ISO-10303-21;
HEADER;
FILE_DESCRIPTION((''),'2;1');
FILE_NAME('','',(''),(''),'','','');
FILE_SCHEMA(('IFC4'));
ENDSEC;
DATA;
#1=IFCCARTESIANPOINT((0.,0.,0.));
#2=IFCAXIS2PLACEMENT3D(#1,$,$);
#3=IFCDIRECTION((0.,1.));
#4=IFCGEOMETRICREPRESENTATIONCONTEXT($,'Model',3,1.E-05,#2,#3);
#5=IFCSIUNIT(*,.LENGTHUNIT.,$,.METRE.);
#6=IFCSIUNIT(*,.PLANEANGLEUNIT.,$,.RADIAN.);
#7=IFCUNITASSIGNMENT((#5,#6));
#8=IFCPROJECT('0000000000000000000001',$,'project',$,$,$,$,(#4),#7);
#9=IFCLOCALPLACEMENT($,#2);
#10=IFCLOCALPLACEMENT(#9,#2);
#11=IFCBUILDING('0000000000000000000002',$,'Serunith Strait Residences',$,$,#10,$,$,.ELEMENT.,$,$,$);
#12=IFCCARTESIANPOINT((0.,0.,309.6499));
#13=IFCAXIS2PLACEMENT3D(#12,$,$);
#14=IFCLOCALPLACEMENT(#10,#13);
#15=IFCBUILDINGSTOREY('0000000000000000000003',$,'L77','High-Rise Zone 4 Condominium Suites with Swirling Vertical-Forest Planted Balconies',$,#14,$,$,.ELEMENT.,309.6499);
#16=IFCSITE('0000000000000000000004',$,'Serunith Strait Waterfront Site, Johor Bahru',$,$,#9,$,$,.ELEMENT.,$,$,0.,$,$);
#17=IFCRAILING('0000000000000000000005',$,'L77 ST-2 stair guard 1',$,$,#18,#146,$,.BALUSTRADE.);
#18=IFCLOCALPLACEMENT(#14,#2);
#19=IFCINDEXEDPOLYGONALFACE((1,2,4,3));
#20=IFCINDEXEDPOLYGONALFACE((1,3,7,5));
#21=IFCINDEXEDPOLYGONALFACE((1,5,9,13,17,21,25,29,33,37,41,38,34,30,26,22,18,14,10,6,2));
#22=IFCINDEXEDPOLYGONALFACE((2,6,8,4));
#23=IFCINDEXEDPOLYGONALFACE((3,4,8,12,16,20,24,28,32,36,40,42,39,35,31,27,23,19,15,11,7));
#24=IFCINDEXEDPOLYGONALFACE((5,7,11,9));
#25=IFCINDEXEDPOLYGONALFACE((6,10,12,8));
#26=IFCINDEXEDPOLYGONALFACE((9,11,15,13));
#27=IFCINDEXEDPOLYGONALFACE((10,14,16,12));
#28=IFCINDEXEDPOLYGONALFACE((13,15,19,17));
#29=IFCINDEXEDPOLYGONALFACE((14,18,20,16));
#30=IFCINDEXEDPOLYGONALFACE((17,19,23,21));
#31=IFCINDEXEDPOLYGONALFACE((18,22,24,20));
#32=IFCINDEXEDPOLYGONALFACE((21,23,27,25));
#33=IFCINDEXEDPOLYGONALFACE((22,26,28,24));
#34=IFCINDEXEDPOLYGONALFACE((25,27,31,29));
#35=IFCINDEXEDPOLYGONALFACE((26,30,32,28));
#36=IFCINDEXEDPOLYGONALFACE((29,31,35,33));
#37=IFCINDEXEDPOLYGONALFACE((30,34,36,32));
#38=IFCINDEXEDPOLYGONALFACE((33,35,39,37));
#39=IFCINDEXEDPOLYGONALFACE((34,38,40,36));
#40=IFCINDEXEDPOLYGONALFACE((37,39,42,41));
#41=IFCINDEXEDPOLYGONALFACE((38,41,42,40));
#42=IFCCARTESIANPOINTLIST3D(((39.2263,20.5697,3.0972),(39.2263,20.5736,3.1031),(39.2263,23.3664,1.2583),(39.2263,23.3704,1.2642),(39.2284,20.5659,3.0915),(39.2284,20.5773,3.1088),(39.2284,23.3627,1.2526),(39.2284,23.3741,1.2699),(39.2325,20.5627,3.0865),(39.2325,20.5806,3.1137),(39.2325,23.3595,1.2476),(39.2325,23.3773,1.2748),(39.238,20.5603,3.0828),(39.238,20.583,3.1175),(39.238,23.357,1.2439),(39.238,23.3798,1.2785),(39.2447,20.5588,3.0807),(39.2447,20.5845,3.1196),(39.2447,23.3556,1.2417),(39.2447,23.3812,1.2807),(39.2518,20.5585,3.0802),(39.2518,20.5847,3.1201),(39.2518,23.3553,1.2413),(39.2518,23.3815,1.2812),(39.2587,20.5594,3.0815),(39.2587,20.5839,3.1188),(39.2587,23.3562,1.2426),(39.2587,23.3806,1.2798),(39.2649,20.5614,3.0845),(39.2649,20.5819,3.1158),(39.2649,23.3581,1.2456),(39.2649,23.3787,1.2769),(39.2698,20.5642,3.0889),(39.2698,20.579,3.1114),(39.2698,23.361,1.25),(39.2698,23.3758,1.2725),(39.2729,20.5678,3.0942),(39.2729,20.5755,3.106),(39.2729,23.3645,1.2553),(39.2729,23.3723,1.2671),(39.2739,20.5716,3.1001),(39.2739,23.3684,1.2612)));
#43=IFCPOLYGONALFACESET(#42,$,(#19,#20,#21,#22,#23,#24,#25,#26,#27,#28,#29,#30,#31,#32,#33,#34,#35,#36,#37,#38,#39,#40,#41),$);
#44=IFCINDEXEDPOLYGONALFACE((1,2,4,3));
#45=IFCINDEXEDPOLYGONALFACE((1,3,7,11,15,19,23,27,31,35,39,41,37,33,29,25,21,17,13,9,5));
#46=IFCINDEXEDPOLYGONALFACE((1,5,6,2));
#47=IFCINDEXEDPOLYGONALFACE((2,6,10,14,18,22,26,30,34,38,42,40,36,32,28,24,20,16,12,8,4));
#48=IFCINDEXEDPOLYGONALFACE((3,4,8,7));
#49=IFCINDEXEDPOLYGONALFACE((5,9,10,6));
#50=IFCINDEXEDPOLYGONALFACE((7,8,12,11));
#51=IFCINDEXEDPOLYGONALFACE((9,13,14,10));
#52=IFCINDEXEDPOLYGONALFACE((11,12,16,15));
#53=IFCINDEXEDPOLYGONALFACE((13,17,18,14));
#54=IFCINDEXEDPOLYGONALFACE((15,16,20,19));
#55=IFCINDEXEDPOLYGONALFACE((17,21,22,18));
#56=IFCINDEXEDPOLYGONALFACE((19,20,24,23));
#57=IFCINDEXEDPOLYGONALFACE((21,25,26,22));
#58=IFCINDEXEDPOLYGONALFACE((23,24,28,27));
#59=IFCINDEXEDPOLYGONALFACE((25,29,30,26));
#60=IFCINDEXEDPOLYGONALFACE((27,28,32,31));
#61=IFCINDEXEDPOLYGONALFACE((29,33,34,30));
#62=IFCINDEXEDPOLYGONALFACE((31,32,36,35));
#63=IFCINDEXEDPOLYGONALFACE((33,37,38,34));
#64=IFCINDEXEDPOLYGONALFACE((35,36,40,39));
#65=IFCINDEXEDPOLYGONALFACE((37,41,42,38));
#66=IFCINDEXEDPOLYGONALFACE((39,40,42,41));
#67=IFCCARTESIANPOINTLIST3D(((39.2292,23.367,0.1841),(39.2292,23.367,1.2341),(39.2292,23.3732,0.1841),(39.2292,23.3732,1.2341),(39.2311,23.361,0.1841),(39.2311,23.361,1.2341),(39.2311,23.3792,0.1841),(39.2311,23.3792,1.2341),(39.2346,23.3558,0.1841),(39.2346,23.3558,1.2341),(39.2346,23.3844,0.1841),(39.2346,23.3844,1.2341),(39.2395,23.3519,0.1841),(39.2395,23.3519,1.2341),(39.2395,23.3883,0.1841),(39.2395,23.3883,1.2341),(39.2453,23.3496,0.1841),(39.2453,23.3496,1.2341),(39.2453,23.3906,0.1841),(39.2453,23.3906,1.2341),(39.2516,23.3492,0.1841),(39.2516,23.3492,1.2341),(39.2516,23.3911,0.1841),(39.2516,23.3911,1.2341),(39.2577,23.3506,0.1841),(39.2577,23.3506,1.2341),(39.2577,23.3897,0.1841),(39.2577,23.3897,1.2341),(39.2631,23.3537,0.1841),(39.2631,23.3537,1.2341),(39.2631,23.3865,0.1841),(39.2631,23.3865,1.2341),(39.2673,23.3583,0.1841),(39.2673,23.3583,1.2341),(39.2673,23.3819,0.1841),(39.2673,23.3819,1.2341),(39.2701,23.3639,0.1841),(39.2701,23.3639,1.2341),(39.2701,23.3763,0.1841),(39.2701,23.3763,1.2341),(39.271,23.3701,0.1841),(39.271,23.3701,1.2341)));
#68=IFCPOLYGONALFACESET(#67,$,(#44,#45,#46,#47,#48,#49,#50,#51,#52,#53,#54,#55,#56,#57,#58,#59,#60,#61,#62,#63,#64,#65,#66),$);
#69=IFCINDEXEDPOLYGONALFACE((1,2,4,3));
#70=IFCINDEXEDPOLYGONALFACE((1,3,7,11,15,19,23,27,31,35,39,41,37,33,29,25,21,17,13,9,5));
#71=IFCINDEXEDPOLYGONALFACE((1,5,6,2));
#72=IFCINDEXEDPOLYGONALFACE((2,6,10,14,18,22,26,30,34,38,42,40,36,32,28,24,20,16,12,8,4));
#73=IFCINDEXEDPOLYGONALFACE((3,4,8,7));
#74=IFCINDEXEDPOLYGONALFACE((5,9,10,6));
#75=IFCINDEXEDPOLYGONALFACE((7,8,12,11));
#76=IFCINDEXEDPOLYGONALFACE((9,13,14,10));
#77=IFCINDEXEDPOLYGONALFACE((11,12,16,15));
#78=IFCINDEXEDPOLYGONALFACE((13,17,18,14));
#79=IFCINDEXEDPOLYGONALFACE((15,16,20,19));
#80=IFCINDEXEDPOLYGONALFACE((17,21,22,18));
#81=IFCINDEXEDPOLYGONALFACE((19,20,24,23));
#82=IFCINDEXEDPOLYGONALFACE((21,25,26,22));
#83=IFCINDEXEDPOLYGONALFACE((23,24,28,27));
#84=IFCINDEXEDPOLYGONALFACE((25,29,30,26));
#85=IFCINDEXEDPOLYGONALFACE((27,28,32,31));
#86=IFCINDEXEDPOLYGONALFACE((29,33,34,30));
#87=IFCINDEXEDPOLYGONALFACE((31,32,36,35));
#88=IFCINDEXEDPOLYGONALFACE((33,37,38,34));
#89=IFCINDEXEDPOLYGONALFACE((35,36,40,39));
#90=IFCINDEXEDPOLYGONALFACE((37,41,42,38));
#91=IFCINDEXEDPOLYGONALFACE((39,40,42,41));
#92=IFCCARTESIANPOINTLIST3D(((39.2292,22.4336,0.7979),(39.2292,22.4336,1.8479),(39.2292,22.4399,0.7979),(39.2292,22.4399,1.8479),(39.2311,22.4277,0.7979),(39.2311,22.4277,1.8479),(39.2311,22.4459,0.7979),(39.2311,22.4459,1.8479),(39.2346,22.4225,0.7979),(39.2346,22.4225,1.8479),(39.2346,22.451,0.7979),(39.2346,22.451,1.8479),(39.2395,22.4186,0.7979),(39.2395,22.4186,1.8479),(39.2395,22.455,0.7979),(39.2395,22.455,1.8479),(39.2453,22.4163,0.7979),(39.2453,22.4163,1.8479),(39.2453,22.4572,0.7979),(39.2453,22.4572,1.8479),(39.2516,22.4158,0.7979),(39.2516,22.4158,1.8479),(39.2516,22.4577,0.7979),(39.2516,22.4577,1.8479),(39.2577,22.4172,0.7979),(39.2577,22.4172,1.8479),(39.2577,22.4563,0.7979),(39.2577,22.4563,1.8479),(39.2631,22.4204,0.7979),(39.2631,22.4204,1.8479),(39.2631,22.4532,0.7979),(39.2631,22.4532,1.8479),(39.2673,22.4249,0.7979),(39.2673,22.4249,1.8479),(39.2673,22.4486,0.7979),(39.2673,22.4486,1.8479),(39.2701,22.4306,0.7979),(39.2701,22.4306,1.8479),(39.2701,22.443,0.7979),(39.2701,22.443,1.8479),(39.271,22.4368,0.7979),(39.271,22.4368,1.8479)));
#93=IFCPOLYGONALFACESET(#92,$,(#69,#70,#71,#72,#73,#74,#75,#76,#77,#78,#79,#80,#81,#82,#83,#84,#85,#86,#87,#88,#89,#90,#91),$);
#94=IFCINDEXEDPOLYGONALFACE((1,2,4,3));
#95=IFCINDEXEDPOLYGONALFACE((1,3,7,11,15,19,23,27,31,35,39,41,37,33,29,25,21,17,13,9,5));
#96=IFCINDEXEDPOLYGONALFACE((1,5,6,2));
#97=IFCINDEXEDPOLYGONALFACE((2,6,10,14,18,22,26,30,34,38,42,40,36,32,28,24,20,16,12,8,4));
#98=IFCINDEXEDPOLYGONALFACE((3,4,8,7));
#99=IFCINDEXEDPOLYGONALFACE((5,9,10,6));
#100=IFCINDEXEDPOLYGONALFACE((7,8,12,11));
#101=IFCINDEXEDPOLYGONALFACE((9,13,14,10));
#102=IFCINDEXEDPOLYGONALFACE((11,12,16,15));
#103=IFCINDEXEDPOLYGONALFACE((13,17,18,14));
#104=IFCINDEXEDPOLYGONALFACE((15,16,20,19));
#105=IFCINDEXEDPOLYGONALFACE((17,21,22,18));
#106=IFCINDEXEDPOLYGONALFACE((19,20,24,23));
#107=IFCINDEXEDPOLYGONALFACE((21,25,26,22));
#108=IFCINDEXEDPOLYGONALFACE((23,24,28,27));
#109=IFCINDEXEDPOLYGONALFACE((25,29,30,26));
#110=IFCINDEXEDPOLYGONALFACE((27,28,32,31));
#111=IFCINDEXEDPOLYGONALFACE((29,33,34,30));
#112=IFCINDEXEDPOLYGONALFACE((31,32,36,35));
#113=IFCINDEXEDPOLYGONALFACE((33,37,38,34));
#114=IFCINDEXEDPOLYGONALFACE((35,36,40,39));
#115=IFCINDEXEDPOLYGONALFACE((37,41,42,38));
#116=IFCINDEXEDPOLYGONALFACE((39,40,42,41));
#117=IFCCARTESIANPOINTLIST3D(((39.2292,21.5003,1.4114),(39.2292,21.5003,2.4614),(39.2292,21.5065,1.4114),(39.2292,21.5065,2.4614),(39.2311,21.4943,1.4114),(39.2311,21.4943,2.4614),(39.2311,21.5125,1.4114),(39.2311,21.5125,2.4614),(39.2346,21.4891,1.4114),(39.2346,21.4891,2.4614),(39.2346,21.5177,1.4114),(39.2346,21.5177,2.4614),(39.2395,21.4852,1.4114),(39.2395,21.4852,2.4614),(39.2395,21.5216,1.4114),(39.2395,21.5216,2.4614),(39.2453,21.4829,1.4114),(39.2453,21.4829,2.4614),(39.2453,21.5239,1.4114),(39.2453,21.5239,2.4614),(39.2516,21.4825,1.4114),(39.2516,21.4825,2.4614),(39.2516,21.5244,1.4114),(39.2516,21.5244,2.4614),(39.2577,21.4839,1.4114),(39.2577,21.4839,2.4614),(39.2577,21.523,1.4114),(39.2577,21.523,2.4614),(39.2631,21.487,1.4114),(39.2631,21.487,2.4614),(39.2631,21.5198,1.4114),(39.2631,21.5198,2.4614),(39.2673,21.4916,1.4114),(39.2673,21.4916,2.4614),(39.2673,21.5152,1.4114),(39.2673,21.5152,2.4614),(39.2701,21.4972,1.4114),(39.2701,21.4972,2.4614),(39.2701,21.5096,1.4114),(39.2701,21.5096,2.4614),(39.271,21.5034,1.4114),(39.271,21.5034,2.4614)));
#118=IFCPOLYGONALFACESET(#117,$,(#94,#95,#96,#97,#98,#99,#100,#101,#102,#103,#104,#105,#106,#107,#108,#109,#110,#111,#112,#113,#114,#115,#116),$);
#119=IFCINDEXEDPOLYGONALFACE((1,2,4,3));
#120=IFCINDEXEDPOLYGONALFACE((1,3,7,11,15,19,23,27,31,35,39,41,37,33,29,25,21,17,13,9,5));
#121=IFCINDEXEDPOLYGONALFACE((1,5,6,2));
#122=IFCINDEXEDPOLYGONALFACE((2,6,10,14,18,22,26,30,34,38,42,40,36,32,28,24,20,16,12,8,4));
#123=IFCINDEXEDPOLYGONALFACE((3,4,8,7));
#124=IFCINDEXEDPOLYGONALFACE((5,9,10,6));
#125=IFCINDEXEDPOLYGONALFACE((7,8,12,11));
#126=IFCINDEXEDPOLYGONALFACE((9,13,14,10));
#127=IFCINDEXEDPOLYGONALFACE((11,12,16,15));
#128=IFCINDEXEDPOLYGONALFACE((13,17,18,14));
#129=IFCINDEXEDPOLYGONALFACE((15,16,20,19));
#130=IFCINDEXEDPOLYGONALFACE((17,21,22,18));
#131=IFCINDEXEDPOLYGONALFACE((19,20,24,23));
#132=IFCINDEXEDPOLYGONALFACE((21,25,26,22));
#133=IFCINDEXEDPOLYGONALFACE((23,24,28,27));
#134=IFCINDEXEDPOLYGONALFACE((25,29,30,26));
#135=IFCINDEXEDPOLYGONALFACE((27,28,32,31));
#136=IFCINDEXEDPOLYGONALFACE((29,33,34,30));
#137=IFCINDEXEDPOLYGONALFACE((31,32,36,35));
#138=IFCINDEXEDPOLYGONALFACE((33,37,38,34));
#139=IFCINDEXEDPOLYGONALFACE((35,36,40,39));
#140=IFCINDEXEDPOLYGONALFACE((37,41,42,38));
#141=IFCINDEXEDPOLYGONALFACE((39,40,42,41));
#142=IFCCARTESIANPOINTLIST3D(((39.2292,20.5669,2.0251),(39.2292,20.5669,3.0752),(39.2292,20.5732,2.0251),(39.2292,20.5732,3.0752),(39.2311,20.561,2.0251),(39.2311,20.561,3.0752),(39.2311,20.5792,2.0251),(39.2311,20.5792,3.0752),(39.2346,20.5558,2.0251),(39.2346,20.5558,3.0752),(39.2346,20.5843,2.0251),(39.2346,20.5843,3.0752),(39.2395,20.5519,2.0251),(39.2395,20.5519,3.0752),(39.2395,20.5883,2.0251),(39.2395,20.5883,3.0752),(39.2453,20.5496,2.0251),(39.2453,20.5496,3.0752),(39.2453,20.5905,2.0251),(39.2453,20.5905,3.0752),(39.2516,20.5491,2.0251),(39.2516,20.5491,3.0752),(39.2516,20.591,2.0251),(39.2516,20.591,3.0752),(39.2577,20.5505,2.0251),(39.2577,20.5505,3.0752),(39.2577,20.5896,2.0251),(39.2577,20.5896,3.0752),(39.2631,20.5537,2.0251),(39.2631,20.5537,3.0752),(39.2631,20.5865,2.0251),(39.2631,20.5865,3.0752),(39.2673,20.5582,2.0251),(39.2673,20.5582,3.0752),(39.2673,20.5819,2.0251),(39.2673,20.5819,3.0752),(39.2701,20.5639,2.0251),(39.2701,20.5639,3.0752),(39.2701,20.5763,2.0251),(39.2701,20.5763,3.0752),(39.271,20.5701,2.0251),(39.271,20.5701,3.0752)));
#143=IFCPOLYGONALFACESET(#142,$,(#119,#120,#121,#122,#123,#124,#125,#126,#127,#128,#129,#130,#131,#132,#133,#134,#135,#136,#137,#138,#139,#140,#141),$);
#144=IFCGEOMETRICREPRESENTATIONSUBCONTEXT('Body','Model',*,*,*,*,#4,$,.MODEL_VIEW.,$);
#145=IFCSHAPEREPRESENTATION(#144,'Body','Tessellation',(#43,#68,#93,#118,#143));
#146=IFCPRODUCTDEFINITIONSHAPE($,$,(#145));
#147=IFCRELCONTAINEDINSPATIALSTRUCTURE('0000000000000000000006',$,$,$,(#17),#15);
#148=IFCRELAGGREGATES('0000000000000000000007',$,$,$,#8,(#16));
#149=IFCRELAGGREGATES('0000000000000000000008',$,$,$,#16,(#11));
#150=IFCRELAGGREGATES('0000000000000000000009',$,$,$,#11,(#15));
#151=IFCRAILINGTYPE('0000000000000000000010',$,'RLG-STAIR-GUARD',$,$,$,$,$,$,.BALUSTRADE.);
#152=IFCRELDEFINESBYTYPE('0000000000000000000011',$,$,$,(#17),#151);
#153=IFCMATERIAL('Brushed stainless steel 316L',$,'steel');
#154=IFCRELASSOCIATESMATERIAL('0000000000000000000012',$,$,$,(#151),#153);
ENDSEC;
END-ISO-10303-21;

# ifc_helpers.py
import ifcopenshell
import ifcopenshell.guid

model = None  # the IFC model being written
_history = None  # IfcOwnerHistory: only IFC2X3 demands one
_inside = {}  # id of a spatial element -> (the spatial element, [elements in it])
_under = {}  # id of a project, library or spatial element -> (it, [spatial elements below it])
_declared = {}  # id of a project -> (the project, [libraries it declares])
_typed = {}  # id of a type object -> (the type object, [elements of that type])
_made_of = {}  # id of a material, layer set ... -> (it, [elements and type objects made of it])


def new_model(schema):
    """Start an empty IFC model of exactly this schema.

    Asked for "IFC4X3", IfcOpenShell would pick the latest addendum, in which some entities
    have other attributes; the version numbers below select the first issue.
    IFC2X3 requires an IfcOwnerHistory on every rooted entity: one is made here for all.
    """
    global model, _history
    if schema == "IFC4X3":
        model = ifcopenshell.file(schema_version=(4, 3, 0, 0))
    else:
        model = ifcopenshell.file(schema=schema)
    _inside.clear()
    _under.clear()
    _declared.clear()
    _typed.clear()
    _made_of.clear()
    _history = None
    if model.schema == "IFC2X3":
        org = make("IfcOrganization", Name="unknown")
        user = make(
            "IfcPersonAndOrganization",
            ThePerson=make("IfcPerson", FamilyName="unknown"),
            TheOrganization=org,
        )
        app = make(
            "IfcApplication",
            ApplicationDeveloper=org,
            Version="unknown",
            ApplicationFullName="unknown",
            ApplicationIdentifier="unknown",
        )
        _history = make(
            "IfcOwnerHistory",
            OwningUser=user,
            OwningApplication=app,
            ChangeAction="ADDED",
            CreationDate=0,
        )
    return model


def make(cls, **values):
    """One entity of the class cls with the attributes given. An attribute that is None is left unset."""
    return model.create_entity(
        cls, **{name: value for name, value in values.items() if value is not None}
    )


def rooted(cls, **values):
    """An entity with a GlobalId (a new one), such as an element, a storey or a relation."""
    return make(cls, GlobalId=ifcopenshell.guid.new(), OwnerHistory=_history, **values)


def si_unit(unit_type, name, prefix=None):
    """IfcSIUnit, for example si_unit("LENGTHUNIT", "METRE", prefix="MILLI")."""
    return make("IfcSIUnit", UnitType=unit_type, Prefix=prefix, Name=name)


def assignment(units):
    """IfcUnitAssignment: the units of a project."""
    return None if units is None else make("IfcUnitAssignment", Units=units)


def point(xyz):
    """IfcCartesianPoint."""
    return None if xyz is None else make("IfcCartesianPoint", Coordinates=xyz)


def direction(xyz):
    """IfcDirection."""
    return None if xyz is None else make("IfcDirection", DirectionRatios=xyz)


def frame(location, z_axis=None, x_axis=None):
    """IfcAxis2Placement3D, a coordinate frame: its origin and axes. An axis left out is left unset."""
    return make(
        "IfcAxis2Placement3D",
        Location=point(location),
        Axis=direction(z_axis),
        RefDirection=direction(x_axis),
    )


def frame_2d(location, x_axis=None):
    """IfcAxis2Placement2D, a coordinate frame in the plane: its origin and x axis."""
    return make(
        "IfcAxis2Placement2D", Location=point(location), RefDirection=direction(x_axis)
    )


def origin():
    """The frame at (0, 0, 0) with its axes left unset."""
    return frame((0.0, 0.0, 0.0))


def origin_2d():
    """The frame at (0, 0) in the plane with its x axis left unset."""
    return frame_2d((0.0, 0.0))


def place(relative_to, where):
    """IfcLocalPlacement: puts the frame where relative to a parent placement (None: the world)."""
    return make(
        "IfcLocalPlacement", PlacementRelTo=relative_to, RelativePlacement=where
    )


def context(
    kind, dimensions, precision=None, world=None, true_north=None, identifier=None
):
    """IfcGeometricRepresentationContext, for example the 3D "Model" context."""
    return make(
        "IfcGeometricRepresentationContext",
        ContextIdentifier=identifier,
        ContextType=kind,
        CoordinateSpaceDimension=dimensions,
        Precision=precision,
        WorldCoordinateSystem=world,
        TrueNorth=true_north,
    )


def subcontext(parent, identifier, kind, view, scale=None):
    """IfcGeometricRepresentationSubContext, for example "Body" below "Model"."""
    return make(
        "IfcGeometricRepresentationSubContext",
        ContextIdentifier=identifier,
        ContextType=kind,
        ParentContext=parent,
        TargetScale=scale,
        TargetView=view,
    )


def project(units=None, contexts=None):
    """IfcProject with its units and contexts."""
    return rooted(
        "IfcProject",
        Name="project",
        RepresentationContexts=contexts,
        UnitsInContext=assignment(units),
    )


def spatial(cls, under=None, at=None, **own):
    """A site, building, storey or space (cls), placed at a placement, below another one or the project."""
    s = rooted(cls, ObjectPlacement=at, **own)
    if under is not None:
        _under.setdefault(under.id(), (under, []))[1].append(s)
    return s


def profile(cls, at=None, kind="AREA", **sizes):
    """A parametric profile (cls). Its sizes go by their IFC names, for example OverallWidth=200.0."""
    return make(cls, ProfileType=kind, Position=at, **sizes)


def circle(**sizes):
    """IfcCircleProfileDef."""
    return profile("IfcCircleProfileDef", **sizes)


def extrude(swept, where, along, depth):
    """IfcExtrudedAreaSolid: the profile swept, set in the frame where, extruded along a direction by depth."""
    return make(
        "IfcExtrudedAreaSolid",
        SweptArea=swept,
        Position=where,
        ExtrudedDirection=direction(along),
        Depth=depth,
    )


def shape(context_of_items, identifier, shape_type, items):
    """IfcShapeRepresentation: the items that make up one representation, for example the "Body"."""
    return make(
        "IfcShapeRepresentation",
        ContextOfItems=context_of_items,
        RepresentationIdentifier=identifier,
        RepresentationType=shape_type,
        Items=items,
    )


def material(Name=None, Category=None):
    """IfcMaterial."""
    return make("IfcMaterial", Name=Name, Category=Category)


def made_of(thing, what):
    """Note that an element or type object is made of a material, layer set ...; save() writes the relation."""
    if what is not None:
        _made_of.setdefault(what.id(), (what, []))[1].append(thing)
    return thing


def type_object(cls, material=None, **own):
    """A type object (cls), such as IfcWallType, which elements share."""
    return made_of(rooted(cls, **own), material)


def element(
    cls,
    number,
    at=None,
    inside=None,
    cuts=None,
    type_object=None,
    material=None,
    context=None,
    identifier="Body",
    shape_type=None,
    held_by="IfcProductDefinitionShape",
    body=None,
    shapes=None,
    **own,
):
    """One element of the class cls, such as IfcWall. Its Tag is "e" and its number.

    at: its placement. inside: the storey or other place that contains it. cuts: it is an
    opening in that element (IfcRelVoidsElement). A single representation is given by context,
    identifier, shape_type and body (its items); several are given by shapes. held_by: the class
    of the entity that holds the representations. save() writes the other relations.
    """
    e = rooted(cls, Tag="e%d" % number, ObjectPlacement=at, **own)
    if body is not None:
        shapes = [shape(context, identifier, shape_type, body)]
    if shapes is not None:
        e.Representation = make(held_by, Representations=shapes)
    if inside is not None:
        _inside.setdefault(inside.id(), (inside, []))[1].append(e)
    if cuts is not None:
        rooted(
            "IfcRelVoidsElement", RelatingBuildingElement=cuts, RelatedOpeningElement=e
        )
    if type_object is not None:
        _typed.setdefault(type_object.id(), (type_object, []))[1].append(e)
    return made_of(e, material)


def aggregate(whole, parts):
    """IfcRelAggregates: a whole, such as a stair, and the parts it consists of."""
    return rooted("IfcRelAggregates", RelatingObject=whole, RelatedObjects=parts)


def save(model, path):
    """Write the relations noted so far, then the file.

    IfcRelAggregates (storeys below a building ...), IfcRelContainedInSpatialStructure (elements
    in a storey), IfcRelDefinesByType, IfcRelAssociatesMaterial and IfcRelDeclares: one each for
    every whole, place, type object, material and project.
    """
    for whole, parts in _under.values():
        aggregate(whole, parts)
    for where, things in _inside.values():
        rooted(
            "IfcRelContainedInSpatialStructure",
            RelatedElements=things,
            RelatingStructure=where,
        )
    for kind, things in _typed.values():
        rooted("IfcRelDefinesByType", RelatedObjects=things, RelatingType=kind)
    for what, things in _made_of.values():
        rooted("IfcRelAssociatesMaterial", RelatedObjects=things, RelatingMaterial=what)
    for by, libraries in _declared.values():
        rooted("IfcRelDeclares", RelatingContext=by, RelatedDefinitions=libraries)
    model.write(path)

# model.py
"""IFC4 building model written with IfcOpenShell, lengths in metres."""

from ifc_helpers import new_model, si_unit, direction, frame, origin, origin_2d, place, context, subcontext, project, spatial, circle, extrude, material, type_object, element, save


model = new_model("IFC4")

# Units and contexts
model_context = context("Model", 3, precision=1e-05, world=origin(), true_north=direction((0.0, 1.0)))
body_context = subcontext(model_context, "Body", "Model", "MODEL_VIEW")
ifc_project = project(units=[si_unit("LENGTHUNIT", "METRE"), si_unit("PLANEANGLEUNIT", "RADIAN")], contexts=[model_context])

# Site, building, storey
site_placement = place(None, origin())
site = spatial("IfcSite", under=ifc_project, at=site_placement, Name="Serunith Strait Waterfront Site, Johor Bahru", CompositionType="ELEMENT", RefElevation=0.0)
building_placement = place(site_placement, origin())
building = spatial("IfcBuilding", under=site, at=building_placement, Name="Serunith Strait Residences", CompositionType="ELEMENT")
storey_placement = place(building_placement, frame((0.0, 0.0, 309.6499)))
storey = spatial("IfcBuildingStorey", under=building, at=storey_placement, Name="L77", Description="High-Rise Zone 4 Condominium Suites with Swirling Vertical-Forest Planted Balconies", CompositionType="ELEMENT", Elevation=309.6499)

# Railing
ifc_material_1 = material(Name="Brushed stainless steel 316L", Category="steel")
railing_type = type_object("IfcRailingType", Name="RLG-STAIR-GUARD", PredefinedType="BALUSTRADE", material=ifc_material_1)
railing_1_placement = place(storey_placement, frame((39.25, 23.3701, 0.1841)))
element("IfcRailing", 1, at=railing_1_placement, inside=storey, type_object=railing_type, Name="L77 ST-2 stair guard 1", PredefinedType="BALUSTRADE", context=body_context, shape_type="SweptSolid", body=[
    extrude(circle(Radius=0.0239, at=origin_2d()), frame((0.0, -0.0017, 1.0771), z_axis=(0.0, -0.835564, 0.549393), x_axis=(1.0, 0.0, 0.0)), (0.0, 0.0, 1.0), 3.3472),
    extrude(circle(Radius=0.021, at=origin_2d()), origin(), (0.0, 0.0, 1.0), 1.05),
    extrude(circle(Radius=0.021, at=origin_2d()), frame((0.0, -0.9333, 0.6138)), (0.0, 0.0, 1.0), 1.05),
    extrude(circle(Radius=0.021, at=origin_2d()), frame((0.0, -1.8667, 1.2273)), (0.0, 0.0, 1.0), 1.05),
    extrude(circle(Radius=0.021, at=origin_2d()), frame((0.0, -2.8, 1.8411)), (0.0, 0.0, 1.0), 1.05),
])

save(model, "model.ifc")
